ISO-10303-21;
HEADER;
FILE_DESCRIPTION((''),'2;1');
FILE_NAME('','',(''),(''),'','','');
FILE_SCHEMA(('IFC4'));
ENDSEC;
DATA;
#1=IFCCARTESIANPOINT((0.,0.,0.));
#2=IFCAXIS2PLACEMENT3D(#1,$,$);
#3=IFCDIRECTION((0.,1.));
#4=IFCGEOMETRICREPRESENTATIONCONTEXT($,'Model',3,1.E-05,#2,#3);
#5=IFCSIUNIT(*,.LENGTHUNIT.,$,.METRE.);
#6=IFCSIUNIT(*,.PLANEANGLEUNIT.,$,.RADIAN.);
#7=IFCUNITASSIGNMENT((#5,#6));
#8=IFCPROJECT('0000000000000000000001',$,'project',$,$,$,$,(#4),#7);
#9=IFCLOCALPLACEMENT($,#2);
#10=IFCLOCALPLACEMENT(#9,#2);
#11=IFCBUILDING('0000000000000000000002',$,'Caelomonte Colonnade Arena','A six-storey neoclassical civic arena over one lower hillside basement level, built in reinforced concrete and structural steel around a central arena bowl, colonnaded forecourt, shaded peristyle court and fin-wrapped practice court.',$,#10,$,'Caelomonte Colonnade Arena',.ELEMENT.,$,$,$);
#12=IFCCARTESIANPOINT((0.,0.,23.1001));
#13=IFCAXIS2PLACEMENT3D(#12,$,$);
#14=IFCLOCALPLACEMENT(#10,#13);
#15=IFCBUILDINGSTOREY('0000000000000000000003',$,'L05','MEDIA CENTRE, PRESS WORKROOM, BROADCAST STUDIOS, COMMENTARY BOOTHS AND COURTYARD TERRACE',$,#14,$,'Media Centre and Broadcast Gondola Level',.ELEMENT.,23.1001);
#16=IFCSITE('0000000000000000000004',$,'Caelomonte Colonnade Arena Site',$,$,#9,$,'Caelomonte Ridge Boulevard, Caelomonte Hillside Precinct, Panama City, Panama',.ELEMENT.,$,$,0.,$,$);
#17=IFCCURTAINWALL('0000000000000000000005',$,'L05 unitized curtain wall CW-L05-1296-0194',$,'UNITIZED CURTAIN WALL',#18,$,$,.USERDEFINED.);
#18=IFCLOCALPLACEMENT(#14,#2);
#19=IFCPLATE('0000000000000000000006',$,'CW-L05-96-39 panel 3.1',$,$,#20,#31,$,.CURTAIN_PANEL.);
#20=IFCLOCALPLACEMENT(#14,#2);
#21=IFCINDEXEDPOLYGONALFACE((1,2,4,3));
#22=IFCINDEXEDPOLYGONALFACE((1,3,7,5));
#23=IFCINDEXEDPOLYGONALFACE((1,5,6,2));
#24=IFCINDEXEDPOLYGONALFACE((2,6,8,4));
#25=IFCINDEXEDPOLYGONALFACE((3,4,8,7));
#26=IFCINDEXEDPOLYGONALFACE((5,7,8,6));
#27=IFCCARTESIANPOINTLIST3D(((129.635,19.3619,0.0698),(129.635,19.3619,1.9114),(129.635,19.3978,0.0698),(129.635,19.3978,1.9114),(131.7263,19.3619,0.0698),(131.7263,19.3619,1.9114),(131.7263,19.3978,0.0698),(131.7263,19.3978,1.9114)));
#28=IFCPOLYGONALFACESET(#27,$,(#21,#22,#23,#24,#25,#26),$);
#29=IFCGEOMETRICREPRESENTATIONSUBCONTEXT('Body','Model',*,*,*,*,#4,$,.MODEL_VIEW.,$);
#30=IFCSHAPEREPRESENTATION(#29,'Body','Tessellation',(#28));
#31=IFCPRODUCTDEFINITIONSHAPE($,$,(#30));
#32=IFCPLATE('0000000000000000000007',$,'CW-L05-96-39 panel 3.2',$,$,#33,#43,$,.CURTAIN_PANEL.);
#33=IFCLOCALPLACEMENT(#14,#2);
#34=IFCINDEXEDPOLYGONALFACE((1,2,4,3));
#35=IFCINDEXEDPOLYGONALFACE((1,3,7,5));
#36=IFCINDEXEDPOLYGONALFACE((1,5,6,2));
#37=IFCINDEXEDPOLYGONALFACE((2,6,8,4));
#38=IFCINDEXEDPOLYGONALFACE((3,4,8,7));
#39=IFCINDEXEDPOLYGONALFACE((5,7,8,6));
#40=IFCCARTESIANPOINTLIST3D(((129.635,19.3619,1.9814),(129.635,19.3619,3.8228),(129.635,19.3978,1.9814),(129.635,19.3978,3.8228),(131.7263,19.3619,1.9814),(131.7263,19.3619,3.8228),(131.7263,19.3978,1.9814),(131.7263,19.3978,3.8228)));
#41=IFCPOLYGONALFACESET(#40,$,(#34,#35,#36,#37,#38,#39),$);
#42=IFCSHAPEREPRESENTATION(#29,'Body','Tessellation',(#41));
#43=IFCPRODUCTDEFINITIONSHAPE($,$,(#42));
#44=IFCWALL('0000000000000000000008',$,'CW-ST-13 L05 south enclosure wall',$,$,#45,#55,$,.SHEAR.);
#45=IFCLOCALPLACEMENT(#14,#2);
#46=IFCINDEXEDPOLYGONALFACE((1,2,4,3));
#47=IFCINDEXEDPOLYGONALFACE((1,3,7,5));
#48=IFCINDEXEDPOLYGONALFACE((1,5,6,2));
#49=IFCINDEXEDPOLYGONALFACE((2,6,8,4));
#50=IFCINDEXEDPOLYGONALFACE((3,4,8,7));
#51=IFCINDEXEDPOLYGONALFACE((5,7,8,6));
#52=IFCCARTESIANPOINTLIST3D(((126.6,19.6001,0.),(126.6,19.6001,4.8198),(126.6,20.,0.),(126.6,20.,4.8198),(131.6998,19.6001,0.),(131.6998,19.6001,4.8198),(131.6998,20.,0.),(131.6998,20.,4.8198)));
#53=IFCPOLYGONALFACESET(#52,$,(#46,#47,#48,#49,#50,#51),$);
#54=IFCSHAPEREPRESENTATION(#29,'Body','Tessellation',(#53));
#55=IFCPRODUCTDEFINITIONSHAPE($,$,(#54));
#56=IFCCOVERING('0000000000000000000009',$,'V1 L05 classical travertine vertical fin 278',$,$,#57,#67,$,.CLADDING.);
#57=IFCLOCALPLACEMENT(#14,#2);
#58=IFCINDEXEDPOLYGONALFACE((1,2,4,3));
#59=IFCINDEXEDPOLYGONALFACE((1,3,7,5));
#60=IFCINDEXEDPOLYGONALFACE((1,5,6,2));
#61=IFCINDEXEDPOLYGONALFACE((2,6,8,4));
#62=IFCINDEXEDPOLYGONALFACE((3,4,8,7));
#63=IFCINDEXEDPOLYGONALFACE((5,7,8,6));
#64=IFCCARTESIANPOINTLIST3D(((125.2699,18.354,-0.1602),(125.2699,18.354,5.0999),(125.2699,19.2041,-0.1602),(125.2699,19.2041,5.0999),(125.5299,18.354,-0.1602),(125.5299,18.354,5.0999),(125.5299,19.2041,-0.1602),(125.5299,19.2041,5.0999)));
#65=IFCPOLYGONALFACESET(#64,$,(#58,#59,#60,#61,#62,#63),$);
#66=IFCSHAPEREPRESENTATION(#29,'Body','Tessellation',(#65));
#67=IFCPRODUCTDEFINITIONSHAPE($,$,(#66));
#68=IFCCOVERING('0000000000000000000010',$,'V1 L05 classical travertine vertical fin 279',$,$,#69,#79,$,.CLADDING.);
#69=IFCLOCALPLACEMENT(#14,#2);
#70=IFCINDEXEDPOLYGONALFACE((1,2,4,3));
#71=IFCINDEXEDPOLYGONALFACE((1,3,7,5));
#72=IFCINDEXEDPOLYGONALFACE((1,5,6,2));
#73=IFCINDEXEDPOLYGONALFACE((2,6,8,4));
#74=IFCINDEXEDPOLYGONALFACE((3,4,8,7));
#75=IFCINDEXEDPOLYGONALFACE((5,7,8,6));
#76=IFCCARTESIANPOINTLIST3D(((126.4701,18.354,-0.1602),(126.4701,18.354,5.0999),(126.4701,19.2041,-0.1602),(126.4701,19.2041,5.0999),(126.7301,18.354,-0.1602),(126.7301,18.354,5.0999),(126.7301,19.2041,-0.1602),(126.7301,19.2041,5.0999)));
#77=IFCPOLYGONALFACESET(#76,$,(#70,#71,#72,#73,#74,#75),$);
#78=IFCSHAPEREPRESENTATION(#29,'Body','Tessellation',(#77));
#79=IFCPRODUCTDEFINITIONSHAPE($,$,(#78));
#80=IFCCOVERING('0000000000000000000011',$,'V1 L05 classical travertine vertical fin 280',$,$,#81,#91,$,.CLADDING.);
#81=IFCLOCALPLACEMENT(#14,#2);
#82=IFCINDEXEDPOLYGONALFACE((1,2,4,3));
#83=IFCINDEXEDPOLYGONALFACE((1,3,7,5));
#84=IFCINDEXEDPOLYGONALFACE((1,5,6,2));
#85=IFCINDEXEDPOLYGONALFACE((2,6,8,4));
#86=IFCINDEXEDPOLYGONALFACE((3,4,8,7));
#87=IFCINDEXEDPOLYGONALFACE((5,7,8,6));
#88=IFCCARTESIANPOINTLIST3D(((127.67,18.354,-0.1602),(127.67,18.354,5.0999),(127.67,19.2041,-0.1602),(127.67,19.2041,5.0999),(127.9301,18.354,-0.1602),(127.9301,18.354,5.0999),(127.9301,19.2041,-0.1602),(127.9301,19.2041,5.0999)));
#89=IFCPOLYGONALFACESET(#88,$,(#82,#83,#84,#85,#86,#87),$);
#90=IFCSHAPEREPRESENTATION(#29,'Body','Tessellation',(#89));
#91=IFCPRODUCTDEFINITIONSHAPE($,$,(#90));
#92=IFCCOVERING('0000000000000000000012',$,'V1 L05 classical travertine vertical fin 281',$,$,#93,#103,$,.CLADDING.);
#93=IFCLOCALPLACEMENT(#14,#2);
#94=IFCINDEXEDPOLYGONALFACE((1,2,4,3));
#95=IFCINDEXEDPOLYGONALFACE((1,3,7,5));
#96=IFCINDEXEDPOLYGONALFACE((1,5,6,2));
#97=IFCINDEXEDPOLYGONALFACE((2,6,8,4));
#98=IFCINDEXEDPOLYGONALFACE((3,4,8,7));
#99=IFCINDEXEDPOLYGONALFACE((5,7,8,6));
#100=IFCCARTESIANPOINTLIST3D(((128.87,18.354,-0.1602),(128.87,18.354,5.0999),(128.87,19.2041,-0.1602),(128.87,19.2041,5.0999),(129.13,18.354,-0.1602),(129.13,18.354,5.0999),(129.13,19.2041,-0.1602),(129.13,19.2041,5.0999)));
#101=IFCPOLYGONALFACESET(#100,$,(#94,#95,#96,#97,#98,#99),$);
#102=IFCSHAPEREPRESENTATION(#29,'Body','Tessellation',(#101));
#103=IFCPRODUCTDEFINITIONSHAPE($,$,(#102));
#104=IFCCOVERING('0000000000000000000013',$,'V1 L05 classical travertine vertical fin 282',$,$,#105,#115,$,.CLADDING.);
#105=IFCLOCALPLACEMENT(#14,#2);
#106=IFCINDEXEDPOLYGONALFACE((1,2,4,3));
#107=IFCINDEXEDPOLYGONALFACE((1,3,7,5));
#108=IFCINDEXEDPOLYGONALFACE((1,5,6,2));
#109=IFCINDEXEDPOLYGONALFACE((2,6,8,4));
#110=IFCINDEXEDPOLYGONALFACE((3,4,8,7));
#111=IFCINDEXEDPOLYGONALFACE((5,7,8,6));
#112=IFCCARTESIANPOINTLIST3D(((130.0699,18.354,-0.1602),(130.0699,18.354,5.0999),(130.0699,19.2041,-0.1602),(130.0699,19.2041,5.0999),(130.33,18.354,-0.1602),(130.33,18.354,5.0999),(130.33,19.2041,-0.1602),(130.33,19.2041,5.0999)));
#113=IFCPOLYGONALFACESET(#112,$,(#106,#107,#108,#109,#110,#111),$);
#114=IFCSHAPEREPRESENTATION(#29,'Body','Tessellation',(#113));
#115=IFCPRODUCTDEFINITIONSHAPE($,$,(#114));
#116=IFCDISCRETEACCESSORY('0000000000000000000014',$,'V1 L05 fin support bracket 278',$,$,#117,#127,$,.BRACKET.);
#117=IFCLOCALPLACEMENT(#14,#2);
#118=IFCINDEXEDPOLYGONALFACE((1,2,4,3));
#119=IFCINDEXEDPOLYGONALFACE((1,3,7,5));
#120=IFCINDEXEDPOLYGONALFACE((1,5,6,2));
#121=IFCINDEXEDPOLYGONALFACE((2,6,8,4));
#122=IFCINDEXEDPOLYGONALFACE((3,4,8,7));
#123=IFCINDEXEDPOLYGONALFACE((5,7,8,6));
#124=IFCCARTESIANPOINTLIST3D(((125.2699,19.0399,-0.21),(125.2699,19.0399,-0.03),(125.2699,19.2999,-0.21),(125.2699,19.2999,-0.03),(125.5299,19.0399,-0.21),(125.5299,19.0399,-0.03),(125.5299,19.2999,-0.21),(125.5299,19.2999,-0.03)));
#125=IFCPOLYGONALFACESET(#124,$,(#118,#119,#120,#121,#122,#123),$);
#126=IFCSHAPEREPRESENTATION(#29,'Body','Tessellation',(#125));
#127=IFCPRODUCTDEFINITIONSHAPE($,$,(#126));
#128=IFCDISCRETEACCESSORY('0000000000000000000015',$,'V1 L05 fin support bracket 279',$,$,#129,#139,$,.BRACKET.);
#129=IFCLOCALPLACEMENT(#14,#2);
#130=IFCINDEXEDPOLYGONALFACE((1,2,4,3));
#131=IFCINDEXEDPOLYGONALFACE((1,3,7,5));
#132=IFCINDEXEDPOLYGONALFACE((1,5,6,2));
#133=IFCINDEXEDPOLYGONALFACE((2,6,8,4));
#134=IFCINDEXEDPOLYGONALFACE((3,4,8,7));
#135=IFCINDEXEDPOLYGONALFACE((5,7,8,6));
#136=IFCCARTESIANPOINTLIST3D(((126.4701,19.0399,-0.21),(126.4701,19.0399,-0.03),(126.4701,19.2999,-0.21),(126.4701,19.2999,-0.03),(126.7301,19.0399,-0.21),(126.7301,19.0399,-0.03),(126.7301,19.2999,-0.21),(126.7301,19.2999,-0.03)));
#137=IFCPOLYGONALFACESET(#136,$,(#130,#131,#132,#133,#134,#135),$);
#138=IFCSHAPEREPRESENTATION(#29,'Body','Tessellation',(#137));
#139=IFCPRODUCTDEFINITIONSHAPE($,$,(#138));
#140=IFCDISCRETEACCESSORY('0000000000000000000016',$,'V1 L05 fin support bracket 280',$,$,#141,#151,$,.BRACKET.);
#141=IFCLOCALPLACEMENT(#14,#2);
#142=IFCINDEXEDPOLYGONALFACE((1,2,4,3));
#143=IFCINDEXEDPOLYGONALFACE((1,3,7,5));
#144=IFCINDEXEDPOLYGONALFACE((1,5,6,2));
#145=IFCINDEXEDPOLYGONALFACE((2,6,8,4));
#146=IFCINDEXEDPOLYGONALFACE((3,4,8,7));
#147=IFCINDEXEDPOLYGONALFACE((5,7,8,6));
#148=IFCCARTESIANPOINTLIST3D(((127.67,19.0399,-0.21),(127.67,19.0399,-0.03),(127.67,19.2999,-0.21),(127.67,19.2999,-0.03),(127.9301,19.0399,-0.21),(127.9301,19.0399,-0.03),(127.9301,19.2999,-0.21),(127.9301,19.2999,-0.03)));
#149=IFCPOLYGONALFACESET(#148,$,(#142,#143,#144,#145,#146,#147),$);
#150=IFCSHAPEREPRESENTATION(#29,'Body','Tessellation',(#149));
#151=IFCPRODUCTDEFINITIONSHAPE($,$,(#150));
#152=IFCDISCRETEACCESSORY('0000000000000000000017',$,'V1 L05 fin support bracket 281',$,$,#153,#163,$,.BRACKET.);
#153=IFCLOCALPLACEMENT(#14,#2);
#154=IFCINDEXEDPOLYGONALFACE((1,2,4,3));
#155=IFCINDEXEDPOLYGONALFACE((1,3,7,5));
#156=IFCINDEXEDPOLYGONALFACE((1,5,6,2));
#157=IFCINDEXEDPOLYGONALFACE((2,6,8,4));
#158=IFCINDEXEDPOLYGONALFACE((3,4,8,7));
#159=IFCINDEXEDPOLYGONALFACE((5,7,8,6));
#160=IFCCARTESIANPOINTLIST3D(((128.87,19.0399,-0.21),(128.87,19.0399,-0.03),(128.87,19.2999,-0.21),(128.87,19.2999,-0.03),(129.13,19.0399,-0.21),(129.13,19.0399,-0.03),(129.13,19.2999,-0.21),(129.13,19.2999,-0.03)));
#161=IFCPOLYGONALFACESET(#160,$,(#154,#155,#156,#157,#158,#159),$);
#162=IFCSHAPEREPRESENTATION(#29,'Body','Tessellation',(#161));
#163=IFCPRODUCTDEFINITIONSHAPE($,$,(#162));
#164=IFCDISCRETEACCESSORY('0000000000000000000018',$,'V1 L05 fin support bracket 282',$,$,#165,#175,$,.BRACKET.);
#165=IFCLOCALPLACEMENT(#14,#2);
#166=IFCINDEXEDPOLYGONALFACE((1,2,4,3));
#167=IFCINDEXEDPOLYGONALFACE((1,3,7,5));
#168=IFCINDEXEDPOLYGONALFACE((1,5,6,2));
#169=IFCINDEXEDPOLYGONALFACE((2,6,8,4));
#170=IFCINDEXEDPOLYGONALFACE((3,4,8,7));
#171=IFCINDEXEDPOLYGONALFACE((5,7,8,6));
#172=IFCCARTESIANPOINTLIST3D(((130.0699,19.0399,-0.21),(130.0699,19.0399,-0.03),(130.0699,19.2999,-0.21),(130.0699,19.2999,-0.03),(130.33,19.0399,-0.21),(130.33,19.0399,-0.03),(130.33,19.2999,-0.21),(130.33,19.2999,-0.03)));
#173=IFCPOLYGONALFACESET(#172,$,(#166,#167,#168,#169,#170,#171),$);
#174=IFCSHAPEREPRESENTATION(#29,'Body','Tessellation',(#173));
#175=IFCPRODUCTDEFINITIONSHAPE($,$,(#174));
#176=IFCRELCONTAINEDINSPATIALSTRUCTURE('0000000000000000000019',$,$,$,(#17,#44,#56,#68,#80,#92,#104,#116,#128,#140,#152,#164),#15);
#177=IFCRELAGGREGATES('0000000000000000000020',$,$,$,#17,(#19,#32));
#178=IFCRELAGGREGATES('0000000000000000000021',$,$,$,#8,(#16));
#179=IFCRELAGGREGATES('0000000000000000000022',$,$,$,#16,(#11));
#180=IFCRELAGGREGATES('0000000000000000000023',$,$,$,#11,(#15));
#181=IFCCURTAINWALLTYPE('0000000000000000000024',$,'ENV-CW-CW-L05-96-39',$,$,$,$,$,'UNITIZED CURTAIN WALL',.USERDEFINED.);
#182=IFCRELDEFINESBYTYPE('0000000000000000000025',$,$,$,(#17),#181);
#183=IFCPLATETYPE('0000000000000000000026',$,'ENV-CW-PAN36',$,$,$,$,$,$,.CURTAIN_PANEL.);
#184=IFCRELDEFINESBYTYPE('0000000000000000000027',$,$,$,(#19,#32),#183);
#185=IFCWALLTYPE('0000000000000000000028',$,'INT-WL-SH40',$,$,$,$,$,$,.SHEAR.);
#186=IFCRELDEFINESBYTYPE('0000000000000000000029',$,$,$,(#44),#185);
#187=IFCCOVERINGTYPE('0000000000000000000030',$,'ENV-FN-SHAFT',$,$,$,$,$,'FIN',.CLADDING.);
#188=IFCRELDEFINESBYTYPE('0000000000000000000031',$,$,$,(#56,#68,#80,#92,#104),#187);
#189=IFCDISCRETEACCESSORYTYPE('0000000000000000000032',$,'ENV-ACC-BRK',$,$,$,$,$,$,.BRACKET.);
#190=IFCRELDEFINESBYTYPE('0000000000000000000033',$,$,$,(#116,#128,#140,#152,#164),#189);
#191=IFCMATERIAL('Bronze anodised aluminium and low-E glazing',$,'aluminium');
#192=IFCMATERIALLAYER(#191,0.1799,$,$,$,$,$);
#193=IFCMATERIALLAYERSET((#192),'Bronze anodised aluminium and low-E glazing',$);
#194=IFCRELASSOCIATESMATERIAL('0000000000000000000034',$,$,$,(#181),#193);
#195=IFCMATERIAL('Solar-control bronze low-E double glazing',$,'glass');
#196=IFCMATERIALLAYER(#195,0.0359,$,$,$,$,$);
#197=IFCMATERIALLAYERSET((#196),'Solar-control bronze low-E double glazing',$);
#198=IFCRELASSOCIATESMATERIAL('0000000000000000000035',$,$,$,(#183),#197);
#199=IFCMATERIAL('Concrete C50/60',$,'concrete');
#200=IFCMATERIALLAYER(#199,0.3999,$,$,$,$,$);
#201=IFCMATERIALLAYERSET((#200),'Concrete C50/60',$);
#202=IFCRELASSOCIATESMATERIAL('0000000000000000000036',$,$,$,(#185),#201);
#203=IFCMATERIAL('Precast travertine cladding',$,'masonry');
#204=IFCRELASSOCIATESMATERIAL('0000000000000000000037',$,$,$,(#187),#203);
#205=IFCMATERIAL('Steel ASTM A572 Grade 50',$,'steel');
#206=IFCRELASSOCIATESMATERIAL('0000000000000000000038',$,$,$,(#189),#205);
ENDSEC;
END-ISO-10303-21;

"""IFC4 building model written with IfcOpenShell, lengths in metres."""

from ifc_helpers import new_model, si_unit, direction, frame, frame_2d, origin, origin_2d, place, context, subcontext, project, spatial, rectangle, extrude, material, layer, layer_set, material_profile, profile_set, type_object, element, aggregate, save


model = new_model("IFC4")

# Units and contexts
model_context = context("Model", 3, precision=1e-05, world=origin(), true_north=direction((0.0, 1.0)))
body_context = subcontext(model_context, "Body", "Model", "MODEL_VIEW")
ifc_project = project(units=[si_unit("LENGTHUNIT", "METRE"), si_unit("PLANEANGLEUNIT", "RADIAN")], contexts=[model_context])

# Site, building, storey
site_placement = place(None, origin())
site = spatial("IfcSite", under=ifc_project, at=site_placement, Name="Caelomonte Colonnade Arena Site", LongName="Caelomonte Ridge Boulevard, Caelomonte Hillside Precinct, Panama City, Panama", CompositionType="ELEMENT", RefElevation=0.0)
building_placement = place(site_placement, origin())
building = spatial("IfcBuilding", under=site, at=building_placement, Name="Caelomonte Colonnade Arena", Description="A six-storey neoclassical civic arena over one lower hillside basement level, built in reinforced concrete and structural steel around a central arena bowl, colonnaded forecourt, shaded peristyle court and fin-wrapped practice court.", LongName="Caelomonte Colonnade Arena", CompositionType="ELEMENT")
storey_placement = place(building_placement, frame((0.0, 0.0, 23.1001)))
storey = spatial("IfcBuildingStorey", under=building, at=storey_placement, Name="L05", Description="MEDIA CENTRE, PRESS WORKROOM, BROADCAST STUDIOS, COMMENTARY BOOTHS AND COURTYARD TERRACE", LongName="Media Centre and Broadcast Gondola Level", CompositionType="ELEMENT", Elevation=23.1001)

# Curtain wall, plates
ifc_material_1 = material(Name="Bronze anodised aluminium and low-E glazing", Category="aluminium")
ifc_layer_1 = layer(ifc_material_1, 0.1799)
ifc_layer_set_1 = layer_set([ifc_layer_1], Name="Bronze anodised aluminium and low-E glazing")
curtain_wall_type = type_object("IfcCurtainWallType", Name="ENV-CW-CW-L05-96-39", ElementType="UNITIZED CURTAIN WALL", PredefinedType="USERDEFINED", material=ifc_layer_set_1)
curtain_wall_placement = place(storey_placement, origin())
curtain_wall = element("IfcCurtainWall", 1, at=curtain_wall_placement, inside=storey, type_object=curtain_wall_type, Name="L05 unitized curtain wall CW-L05-1296-0194", ObjectType="UNITIZED CURTAIN WALL", PredefinedType="USERDEFINED")
ifc_material_2 = material(Name="Solar-control bronze low-E double glazing", Category="glass")
ifc_layer_2 = layer(ifc_material_2, 0.0359)
ifc_layer_set_2 = layer_set([ifc_layer_2], Name="Solar-control bronze low-E double glazing")
plate_type = type_object("IfcPlateType", Name="ENV-CW-PAN36", PredefinedType="CURTAIN_PANEL", material=ifc_layer_set_2)
plate_1_placement = place(storey_placement, frame((130.6807, 19.3799, 0.0698), z_axis=(0.0, 0.0, 1.0), x_axis=(1.0, 0.0, 0.0)))
plate_1 = element("IfcPlate", 2, at=plate_1_placement, type_object=plate_type, Name="CW-L05-96-39 panel 3.1", PredefinedType="CURTAIN_PANEL", context=body_context, shape_type="SweptSolid", body=[
    extrude(rectangle(XDim=2.0913, YDim=0.0359, at=origin_2d()), origin(), (0.0, 0.0, 1.0), 1.8416),
])
plate_2_placement = place(storey_placement, frame((130.6807, 19.3799, 1.9814), z_axis=(0.0, 0.0, 1.0), x_axis=(1.0, 0.0, 0.0)))
plate_2 = element("IfcPlate", 3, at=plate_2_placement, type_object=plate_type, Name="CW-L05-96-39 panel 3.2", PredefinedType="CURTAIN_PANEL", context=body_context, shape_type="SweptSolid", body=[
    extrude(rectangle(XDim=2.0913, YDim=0.0359, at=origin_2d()), origin(), (0.0, 0.0, 1.0), 1.8413),
])
aggregate(curtain_wall, [plate_1, plate_2])

# Wall
ifc_material_3 = material(Name="Concrete C50/60", Category="concrete")
ifc_layer_3 = layer(ifc_material_3, 0.3999)
ifc_layer_set_3 = layer_set([ifc_layer_3], Name="Concrete C50/60")
wall_type = type_object("IfcWallType", Name="INT-WL-SH40", PredefinedType="SHEAR", material=ifc_layer_set_3)
wall_placement = place(storey_placement, frame((126.6001, 19.8, 0.0), z_axis=(0.0, 0.0, 1.0), x_axis=(1.0, 0.0, 0.0)))
element("IfcWall", 4, at=wall_placement, inside=storey, type_object=wall_type, Name="CW-ST-13 L05 south enclosure wall", PredefinedType="SHEAR", context=body_context, shape_type="SweptSolid", body=[
    extrude(rectangle(XDim=5.0999, YDim=0.3999, at=frame_2d((2.5498, 0.0))), origin(), (0.0, 0.0, 1.0), 4.8198),
])

# Coverings
ifc_material_4 = material(Name="Precast travertine cladding", Category="masonry")
ifc_material_profile_1 = material_profile(ifc_material_4, rectangle(XDim=0.26, YDim=0.8501, at=origin_2d()), Name="FIN260X850")
ifc_profile_set_1 = profile_set([ifc_material_profile_1], Name="Precast travertine cladding")
covering_type = type_object("IfcCoveringType", Name="ENV-FN-SHAFT", ElementType="FIN", PredefinedType="CLADDING", material=ifc_profile_set_1)
for number, where, z_axis, x_axis, name in (
    (5, (125.3999, 18.7791, -0.1602), (0.0, 0.0, 1.0), (-1.0, 0.0, 0.0), "V1 L05 classical travertine vertical fin 278"),
    (6, (126.6001, 18.7791, -0.1602), (0.0, 0.0, 1.0), (-1.0, 0.0, 0.0), "V1 L05 classical travertine vertical fin 279"),
    (7, (127.8, 18.7791, -0.1602), (0.0, 0.0, 1.0), (-1.0, 0.0, 0.0), "V1 L05 classical travertine vertical fin 280"),
    (8, (129.0, 18.7791, -0.1602), (0.0, 0.0, 1.0), (-1.0, 0.0, 0.0), "V1 L05 classical travertine vertical fin 281"),
    (9, (130.2, 18.7791, -0.1602), (0.0, 0.0, 1.0), (-1.0, 0.0, 0.0), "V1 L05 classical travertine vertical fin 282"),
):
    element("IfcCovering", number, at=place(storey_placement, frame(where, z_axis=z_axis, x_axis=x_axis)), inside=storey, type_object=covering_type, Name=name, PredefinedType="CLADDING", context=body_context, shape_type="SweptSolid", body=[
        extrude(rectangle(XDim=0.26, YDim=0.8501, at=origin_2d()), origin(), (0.0, 0.0, 1.0), 5.26),
    ])

# Discrete accessories
ifc_material_5 = material(Name="Steel ASTM A572 Grade 50", Category="steel")
discrete_accessory_type = type_object("IfcDiscreteAccessoryType", Name="ENV-ACC-BRK", PredefinedType="BRACKET", material=ifc_material_5)
for number, where, z_axis, x_axis, name in (
    (10, (125.3999, 19.1699, -0.21), (0.0, 0.0, 1.0), (1.0, 0.0, 0.0), "V1 L05 fin support bracket 278"),
    (11, (126.6001, 19.1699, -0.21), (0.0, 0.0, 1.0), (1.0, 0.0, 0.0), "V1 L05 fin support bracket 279"),
    (12, (127.8, 19.1699, -0.21), (0.0, 0.0, 1.0), (1.0, 0.0, 0.0), "V1 L05 fin support bracket 280"),
    (13, (129.0, 19.1699, -0.21), (0.0, 0.0, 1.0), (1.0, 0.0, 0.0), "V1 L05 fin support bracket 281"),
    (14, (130.2, 19.1699, -0.21), (0.0, 0.0, 1.0), (1.0, 0.0, 0.0), "V1 L05 fin support bracket 282"),
):
    element("IfcDiscreteAccessory", number, at=place(storey_placement, frame(where, z_axis=z_axis, x_axis=x_axis)), inside=storey, type_object=discrete_accessory_type, Name=name, PredefinedType="BRACKET", context=body_context, shape_type="SweptSolid", body=[
        extrude(rectangle(XDim=0.26, YDim=0.26, at=origin_2d()), origin(), (0.0, 0.0, 1.0), 0.1799),
    ])

save(model, "model.ifc")
